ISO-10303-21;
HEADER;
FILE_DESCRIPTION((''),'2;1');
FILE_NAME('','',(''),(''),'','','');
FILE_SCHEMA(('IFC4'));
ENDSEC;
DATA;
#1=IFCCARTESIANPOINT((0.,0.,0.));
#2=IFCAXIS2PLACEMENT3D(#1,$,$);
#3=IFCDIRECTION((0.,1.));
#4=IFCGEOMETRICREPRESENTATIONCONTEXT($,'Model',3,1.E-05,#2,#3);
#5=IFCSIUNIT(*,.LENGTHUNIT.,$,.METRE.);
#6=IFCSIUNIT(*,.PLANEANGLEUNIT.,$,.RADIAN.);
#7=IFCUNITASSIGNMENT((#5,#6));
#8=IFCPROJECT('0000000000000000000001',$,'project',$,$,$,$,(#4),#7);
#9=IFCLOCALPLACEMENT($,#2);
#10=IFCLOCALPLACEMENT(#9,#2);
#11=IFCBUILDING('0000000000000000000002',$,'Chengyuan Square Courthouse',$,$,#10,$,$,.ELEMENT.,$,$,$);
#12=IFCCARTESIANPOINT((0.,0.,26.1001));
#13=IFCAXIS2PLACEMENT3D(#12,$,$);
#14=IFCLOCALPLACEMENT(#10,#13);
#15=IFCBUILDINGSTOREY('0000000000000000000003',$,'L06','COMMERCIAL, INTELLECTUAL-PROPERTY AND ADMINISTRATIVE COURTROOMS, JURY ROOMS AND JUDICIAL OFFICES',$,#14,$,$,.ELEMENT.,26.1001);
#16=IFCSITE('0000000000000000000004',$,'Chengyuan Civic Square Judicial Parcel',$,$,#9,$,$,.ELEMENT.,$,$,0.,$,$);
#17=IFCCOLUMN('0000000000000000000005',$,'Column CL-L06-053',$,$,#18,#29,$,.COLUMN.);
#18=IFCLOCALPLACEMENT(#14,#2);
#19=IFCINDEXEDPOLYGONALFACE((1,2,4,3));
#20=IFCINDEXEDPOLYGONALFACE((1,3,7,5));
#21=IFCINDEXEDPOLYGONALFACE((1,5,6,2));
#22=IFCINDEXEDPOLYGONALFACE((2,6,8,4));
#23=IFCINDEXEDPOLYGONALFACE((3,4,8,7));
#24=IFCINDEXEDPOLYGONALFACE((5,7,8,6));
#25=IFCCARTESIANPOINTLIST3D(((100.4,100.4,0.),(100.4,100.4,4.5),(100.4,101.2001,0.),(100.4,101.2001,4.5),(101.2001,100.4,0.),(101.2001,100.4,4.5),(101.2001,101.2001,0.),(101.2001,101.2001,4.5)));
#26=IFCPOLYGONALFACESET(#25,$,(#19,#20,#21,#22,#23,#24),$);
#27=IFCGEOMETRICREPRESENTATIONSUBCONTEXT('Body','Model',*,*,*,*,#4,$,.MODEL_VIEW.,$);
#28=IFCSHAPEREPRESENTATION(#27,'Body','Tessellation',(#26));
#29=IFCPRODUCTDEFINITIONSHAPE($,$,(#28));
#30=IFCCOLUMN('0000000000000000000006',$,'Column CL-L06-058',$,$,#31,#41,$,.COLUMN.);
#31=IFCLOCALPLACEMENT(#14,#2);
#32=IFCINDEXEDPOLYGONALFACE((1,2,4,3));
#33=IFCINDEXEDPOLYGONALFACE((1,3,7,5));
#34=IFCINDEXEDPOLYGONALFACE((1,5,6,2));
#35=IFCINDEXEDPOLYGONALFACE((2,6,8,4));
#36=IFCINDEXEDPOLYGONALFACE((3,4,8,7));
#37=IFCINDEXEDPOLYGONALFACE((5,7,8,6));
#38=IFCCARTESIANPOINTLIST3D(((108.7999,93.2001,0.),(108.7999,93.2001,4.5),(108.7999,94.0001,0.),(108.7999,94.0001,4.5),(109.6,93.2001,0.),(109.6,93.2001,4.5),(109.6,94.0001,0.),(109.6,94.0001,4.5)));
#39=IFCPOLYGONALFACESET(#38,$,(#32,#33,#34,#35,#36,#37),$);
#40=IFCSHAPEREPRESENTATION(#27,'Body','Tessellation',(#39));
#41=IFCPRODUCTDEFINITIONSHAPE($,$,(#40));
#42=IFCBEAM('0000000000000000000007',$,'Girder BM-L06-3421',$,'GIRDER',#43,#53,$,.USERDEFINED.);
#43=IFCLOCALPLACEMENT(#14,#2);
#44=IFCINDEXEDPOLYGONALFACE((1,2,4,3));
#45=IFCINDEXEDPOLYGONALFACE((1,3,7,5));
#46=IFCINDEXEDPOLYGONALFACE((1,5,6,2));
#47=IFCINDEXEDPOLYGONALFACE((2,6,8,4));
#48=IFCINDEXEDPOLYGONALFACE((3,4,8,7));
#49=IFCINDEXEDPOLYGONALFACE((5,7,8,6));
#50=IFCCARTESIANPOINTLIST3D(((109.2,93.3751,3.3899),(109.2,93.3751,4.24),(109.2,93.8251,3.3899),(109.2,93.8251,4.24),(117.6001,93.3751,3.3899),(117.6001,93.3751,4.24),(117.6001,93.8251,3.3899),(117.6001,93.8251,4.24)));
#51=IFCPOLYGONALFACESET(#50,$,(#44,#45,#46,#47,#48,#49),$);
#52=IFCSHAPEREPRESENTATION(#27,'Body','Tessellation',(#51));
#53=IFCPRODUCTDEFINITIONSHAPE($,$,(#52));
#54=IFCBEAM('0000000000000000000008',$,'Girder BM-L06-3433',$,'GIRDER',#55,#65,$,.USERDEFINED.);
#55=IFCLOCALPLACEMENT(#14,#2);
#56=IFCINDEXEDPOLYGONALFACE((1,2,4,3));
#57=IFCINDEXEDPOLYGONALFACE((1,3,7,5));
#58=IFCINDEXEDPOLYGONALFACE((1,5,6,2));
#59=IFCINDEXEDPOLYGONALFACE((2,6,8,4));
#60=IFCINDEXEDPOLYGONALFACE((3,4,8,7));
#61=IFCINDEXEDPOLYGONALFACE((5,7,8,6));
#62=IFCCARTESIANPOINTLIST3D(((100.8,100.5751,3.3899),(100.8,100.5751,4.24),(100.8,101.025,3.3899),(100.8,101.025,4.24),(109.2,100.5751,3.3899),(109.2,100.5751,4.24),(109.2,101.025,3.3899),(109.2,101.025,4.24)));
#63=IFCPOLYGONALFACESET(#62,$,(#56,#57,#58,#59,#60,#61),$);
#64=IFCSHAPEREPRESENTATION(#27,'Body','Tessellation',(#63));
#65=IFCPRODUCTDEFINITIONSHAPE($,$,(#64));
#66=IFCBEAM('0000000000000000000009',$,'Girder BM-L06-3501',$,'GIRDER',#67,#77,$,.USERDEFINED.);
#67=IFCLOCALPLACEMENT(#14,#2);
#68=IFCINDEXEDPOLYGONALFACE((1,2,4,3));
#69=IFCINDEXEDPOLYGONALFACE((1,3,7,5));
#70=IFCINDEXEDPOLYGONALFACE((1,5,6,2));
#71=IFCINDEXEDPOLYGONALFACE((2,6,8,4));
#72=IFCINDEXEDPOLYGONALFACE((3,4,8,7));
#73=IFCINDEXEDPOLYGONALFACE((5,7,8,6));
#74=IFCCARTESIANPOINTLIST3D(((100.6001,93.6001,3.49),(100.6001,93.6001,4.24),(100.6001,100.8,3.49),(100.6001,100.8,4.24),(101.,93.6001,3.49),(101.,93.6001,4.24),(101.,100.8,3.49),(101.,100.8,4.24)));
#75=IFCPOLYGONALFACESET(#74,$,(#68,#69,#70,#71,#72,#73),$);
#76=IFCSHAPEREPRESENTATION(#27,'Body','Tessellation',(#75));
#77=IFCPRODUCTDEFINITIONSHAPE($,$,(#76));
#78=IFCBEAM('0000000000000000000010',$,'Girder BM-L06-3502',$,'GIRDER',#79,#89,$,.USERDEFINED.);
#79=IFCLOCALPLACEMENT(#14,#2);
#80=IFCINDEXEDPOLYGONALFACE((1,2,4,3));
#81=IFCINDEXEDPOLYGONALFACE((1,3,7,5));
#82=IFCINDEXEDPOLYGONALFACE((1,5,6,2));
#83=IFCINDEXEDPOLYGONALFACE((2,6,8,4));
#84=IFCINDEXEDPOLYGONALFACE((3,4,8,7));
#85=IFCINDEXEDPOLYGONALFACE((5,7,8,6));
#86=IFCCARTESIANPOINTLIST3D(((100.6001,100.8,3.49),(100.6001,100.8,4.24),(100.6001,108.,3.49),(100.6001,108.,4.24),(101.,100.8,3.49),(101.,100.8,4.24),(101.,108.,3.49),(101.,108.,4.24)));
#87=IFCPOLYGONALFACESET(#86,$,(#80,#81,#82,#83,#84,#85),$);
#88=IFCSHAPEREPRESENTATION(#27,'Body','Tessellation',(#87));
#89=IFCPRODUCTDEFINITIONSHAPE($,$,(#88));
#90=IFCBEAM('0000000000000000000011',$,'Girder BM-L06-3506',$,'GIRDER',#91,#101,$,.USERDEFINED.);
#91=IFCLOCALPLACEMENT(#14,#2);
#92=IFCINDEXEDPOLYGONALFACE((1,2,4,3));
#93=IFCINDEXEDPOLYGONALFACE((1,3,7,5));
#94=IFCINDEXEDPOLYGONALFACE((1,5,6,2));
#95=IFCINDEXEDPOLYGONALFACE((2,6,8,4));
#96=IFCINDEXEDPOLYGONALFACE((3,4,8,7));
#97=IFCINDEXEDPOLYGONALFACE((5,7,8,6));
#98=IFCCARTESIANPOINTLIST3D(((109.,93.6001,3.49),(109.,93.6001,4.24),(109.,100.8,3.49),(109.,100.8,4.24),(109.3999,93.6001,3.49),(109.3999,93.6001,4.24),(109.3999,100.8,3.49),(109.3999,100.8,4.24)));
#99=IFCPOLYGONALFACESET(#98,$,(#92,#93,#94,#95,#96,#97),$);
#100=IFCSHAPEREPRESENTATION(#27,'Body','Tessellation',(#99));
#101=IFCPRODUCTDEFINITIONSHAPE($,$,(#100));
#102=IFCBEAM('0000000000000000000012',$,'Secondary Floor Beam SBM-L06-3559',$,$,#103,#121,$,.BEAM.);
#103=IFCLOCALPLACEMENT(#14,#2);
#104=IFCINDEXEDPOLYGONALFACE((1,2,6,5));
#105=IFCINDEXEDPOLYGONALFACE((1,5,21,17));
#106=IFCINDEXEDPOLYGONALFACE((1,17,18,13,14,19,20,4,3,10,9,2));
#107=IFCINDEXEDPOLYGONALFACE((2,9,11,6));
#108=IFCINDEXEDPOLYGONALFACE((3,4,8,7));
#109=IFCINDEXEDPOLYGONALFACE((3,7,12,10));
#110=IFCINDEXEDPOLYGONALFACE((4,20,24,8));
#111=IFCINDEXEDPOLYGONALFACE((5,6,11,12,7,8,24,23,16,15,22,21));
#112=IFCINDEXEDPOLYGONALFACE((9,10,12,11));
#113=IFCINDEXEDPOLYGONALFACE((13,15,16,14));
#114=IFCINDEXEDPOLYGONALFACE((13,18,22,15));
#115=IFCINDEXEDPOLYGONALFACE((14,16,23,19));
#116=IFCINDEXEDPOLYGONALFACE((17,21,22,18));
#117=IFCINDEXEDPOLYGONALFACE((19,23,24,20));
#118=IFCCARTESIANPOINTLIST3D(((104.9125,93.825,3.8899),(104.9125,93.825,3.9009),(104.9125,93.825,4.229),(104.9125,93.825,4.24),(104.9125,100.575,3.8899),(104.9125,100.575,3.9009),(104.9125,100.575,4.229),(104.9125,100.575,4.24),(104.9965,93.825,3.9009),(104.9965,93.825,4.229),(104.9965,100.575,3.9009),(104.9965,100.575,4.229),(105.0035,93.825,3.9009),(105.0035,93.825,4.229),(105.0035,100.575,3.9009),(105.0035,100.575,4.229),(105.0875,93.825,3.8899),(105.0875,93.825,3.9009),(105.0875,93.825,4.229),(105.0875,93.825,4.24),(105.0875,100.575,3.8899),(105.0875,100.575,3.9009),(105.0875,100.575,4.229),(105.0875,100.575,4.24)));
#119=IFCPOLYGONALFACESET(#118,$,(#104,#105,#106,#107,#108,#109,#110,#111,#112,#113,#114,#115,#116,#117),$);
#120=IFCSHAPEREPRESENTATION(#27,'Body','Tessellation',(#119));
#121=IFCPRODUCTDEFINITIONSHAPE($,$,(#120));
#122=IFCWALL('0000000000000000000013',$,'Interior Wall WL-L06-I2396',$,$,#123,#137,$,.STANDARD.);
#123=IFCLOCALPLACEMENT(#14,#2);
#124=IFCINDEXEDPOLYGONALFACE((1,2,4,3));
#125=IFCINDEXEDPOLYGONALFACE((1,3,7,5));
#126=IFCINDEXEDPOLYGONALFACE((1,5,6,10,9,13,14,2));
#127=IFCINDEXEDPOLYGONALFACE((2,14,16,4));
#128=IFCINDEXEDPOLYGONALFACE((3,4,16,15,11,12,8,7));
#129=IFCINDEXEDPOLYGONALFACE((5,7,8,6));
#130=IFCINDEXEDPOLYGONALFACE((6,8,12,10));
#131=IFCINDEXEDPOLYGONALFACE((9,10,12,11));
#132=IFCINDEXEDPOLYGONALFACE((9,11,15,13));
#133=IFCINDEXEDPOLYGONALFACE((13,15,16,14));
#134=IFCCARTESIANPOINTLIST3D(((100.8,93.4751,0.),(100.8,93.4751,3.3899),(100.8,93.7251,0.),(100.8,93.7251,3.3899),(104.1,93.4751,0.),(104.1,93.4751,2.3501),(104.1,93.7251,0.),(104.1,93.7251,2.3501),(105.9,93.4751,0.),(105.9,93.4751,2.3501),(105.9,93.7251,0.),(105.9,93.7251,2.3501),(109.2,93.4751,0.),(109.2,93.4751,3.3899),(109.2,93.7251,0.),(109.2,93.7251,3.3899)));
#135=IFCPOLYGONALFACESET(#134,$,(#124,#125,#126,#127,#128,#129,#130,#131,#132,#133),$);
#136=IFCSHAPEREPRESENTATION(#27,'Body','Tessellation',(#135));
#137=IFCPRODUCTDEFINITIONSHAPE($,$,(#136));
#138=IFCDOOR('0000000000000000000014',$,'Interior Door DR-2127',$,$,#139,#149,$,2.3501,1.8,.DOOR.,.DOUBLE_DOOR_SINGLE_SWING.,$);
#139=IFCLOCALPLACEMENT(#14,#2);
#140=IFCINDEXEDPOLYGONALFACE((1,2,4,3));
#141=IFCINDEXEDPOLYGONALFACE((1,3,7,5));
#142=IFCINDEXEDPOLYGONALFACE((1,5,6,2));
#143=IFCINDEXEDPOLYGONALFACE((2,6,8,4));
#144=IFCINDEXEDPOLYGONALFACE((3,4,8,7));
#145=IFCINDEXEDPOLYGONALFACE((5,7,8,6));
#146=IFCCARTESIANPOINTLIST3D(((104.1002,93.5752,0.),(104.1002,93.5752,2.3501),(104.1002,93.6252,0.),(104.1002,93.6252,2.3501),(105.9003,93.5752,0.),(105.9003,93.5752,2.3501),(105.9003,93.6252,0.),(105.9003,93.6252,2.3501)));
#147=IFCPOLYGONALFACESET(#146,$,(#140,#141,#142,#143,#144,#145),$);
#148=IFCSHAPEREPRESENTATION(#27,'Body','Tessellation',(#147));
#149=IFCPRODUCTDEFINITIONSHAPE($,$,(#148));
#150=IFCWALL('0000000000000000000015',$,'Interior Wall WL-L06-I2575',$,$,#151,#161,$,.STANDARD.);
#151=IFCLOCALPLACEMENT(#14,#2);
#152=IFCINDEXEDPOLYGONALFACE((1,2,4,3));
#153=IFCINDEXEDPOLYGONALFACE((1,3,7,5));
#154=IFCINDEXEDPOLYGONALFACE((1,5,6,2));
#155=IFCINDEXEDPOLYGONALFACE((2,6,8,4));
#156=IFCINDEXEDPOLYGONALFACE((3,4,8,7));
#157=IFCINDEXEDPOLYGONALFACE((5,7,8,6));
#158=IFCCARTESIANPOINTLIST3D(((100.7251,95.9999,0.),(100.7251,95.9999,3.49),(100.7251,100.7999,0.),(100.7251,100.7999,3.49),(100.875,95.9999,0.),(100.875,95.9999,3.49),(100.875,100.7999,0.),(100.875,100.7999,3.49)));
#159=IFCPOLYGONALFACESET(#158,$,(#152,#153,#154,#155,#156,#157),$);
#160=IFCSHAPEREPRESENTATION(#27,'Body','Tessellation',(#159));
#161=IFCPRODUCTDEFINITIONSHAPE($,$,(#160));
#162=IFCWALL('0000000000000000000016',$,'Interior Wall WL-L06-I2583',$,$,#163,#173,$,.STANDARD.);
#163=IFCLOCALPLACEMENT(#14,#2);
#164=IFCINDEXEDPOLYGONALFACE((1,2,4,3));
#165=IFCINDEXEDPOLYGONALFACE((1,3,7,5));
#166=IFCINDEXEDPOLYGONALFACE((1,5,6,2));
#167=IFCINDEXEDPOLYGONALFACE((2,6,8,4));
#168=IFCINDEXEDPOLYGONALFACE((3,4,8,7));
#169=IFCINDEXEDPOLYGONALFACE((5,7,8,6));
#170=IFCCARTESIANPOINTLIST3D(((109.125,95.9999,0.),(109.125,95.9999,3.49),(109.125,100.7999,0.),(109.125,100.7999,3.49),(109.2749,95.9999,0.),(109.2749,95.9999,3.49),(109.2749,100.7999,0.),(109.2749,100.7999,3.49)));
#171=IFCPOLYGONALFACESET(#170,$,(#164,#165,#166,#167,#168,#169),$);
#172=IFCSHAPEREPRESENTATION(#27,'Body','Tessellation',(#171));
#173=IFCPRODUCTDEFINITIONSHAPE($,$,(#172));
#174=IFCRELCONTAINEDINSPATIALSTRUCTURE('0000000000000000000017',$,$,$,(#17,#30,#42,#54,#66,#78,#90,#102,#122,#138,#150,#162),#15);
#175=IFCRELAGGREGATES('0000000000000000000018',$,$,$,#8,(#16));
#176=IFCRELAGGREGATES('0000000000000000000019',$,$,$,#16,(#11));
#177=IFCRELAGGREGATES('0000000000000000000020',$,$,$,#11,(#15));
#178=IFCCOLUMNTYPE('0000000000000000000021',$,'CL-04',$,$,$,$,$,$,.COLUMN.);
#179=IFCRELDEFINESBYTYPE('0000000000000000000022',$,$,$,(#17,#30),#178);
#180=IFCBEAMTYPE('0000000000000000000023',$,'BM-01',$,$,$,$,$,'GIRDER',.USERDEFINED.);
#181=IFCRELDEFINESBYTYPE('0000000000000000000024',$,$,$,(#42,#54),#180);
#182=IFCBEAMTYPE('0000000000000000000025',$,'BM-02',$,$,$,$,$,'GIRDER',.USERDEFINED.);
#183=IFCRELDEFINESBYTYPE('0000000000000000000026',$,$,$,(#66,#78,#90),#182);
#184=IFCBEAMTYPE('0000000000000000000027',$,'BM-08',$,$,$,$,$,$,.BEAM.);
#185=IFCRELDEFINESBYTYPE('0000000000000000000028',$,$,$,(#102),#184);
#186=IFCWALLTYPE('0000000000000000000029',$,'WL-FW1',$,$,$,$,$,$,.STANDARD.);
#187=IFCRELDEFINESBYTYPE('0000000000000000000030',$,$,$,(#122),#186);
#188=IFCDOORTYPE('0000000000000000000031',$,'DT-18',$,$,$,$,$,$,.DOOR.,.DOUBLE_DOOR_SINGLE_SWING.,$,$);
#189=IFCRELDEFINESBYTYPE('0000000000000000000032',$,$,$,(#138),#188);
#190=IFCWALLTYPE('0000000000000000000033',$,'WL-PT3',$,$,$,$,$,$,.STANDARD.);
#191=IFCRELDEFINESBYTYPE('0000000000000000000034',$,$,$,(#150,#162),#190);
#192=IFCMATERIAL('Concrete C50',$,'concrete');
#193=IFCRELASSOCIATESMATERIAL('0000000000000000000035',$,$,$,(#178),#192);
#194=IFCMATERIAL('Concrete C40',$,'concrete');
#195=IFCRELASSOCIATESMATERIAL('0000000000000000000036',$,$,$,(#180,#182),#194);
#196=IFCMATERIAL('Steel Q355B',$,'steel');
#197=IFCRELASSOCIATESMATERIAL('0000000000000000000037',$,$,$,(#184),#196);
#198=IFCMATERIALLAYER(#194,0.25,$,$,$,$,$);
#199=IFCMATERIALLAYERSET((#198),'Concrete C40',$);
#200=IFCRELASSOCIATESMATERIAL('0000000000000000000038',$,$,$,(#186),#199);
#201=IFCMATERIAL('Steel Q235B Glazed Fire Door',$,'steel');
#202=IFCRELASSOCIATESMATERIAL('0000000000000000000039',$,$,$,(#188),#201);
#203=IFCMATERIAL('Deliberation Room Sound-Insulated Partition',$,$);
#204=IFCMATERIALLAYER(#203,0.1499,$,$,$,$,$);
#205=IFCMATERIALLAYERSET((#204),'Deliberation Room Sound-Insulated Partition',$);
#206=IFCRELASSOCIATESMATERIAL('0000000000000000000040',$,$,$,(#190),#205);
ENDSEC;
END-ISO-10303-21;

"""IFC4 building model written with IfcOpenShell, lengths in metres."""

from ifc_helpers import new_model, si_unit, direction, frame, frame_2d, origin, origin_2d, place, context, subcontext, project, spatial, rectangle, i_section, extrude, material, layer, layer_set, material_profile, profile_set, type_object, element, fill, save


model = new_model("IFC4")

# Units and contexts
model_context = context("Model", 3, precision=1e-05, world=origin(), true_north=direction((0.0, 1.0)))
body_context = subcontext(model_context, "Body", "Model", "MODEL_VIEW")
ifc_project = project(units=[si_unit("LENGTHUNIT", "METRE"), si_unit("PLANEANGLEUNIT", "RADIAN")], contexts=[model_context])

# Site, building, storey
site_placement = place(None, origin())
site = spatial("IfcSite", under=ifc_project, at=site_placement, Name="Chengyuan Civic Square Judicial Parcel", CompositionType="ELEMENT", RefElevation=0.0)
building_placement = place(site_placement, origin())
building = spatial("IfcBuilding", under=site, at=building_placement, Name="Chengyuan Square Courthouse", CompositionType="ELEMENT")
storey_placement = place(building_placement, frame((0.0, 0.0, 26.1001)))
storey = spatial("IfcBuildingStorey", under=building, at=storey_placement, Name="L06", Description="COMMERCIAL, INTELLECTUAL-PROPERTY AND ADMINISTRATIVE COURTROOMS, JURY ROOMS AND JUDICIAL OFFICES", CompositionType="ELEMENT", Elevation=26.1001)

# Columns
ifc_material_1 = material(Name="Concrete C50", Category="concrete")
ifc_material_profile_1 = material_profile(ifc_material_1, rectangle(XDim=0.8, YDim=0.8, at=origin_2d()), Name="RC-COL-800x800")
ifc_profile_set_1 = profile_set([ifc_material_profile_1], Name="Concrete C50")
column_type = type_object("IfcColumnType", Name="CL-04", PredefinedType="COLUMN", material=ifc_profile_set_1)
for number, where, z_axis, x_axis, name in (
    (1, (100.8, 100.8, 0.0), (0.0, 0.0, 1.0), (1.0, 0.0, 0.0), "Column CL-L06-053"),
    (2, (109.2, 93.6001, 0.0), (0.0, 0.0, 1.0), (1.0, 0.0, 0.0), "Column CL-L06-058"),
):
    element("IfcColumn", number, at=place(storey_placement, frame(where, z_axis=z_axis, x_axis=x_axis)), inside=storey, type_object=column_type, Name=name, PredefinedType="COLUMN", context=body_context, shape_type="SweptSolid", body=[
        extrude(rectangle(XDim=0.8, YDim=0.8, at=origin_2d()), origin(), (0.0, 0.0, 1.0), 4.5),
    ])

# Beams
ifc_material_2 = material(Name="Concrete C40", Category="concrete")
ifc_material_profile_2 = material_profile(ifc_material_2, rectangle(XDim=0.45, YDim=0.8501, at=origin_2d()), Name="RC-BM-450x850")
ifc_profile_set_2 = profile_set([ifc_material_profile_2], Name="Concrete C40")
beam_type_1 = type_object("IfcBeamType", Name="BM-01", ElementType="GIRDER", PredefinedType="USERDEFINED", material=ifc_profile_set_2)
beam_1_placement = place(storey_placement, frame((109.2, 93.6001, 3.8149), z_axis=(1.0, 0.0, 0.0), x_axis=(0.0, 1.0, 0.0)))
element("IfcBeam", 3, at=beam_1_placement, inside=storey, type_object=beam_type_1, Name="Girder BM-L06-3421", ObjectType="GIRDER", PredefinedType="USERDEFINED", context=body_context, shape_type="SweptSolid", body=[
    extrude(rectangle(XDim=0.45, YDim=0.8501, at=origin_2d()), origin(), (0.0, 0.0, 1.0), 8.4001),
])
beam_2_placement = place(storey_placement, frame((100.8, 100.8, 3.8149), z_axis=(1.0, 0.0, 0.0), x_axis=(0.0, 1.0, 0.0)))
element("IfcBeam", 4, at=beam_2_placement, inside=storey, type_object=beam_type_1, Name="Girder BM-L06-3433", ObjectType="GIRDER", PredefinedType="USERDEFINED", context=body_context, shape_type="SweptSolid", body=[
    extrude(rectangle(XDim=0.45, YDim=0.8501, at=origin_2d()), origin(), (0.0, 0.0, 1.0), 8.3999),
])
ifc_material_profile_3 = material_profile(ifc_material_2, rectangle(XDim=0.3999, YDim=0.75, at=origin_2d()), Name="RC-BM-400x750")
ifc_profile_set_3 = profile_set([ifc_material_profile_3], Name="Concrete C40")
beam_type_2 = type_object("IfcBeamType", Name="BM-02", ElementType="GIRDER", PredefinedType="USERDEFINED", material=ifc_profile_set_3)
for number, where, z_axis, x_axis, name in (
    (5, (100.8, 93.6001, 3.865), (0.0, 1.0, 0.0), (-1.0, 0.0, 0.0), "Girder BM-L06-3501"),
    (6, (100.8, 100.8, 3.865), (0.0, 1.0, 0.0), (-1.0, 0.0, 0.0), "Girder BM-L06-3502"),
    (7, (109.2, 93.6001, 3.865), (0.0, 1.0, 0.0), (-1.0, 0.0, 0.0), "Girder BM-L06-3506"),
):
    element("IfcBeam", number, at=place(storey_placement, frame(where, z_axis=z_axis, x_axis=x_axis)), inside=storey, type_object=beam_type_2, Name=name, ObjectType="GIRDER", PredefinedType="USERDEFINED", context=body_context, shape_type="SweptSolid", body=[
        extrude(rectangle(XDim=0.3999, YDim=0.75, at=origin_2d()), origin(), (0.0, 0.0, 1.0), 7.2),
    ])
ifc_material_3 = material(Name="Steel Q355B", Category="steel")
ifc_material_profile_4 = material_profile(ifc_material_3, i_section(OverallWidth=0.175, OverallDepth=0.3501, WebThickness=0.0071, FlangeThickness=0.011, at=origin_2d()), Name="HN 350x175x7x11")
ifc_profile_set_4 = profile_set([ifc_material_profile_4], Name="Steel Q355B")
beam_type_3 = type_object("IfcBeamType", Name="BM-08", PredefinedType="BEAM", material=ifc_profile_set_4)
beam_3_placement = place(storey_placement, frame((105.0, 93.825, 4.0649), z_axis=(0.0, 1.0, 0.0), x_axis=(-1.0, 0.0, 0.0)))
element("IfcBeam", 8, at=beam_3_placement, inside=storey, type_object=beam_type_3, Name="Secondary Floor Beam SBM-L06-3559", PredefinedType="BEAM", context=body_context, shape_type="SweptSolid", body=[
    extrude(i_section(OverallWidth=0.175, OverallDepth=0.3501, WebThickness=0.0071, FlangeThickness=0.011, at=origin_2d()), origin(), (0.0, 0.0, 1.0), 6.75),
])

# Wall, opening, door
ifc_layer_1 = layer(ifc_material_2, 0.25)
ifc_layer_set_1 = layer_set([ifc_layer_1], Name="Concrete C40")
wall_type_1 = type_object("IfcWallType", Name="WL-FW1", PredefinedType="STANDARD", material=ifc_layer_set_1)
wall_1_placement = place(storey_placement, frame((100.8, 93.6001, 0.0), z_axis=(0.0, 0.0, 1.0), x_axis=(1.0, 0.0, 0.0)))
wall_1 = element("IfcWall", 9, at=wall_1_placement, inside=storey, type_object=wall_type_1, Name="Interior Wall WL-L06-I2396", PredefinedType="STANDARD", context=body_context, shape_type="SweptSolid", body=[
    extrude(rectangle(XDim=8.3999, YDim=0.25, at=frame_2d((4.2, 0.0))), origin(), (0.0, 0.0, 1.0), 3.3899),
])
opening_1_placement = place(wall_1_placement, frame((3.3, 0.0, 0.0)))
opening_1 = element("IfcOpeningElement", 10, at=opening_1_placement, cuts=wall_1, PredefinedType="OPENING", context=body_context, shape_type="SweptSolid", body=[
    extrude(rectangle(XDim=1.8, YDim=2.3501, at=frame_2d((0.8999, 1.175))), frame((0.0, 0.137, 0.0), z_axis=(0.0, -1.0, 0.0), x_axis=(1.0, 0.0, 0.0)), (0.0, 0.0, 1.0), 0.2739),
])
ifc_material_4 = material(Name="Steel Q235B Glazed Fire Door", Category="steel")
door_type_1 = type_object("IfcDoorType", Name="DT-18", OperationType="DOUBLE_DOOR_SINGLE_SWING", PredefinedType="DOOR", material=ifc_material_4)
door_1_placement = place(opening_1_placement, frame((1.8, 0.0, 0.0), z_axis=(0.0, 0.0, 1.0), x_axis=(-1.0, 0.0, 0.0)))
door_1 = element("IfcDoor", 11, at=door_1_placement, inside=storey, type_object=door_type_1, Name="Interior Door DR-2127", OperationType="DOUBLE_DOOR_SINGLE_SWING", OverallHeight=2.3501, OverallWidth=1.8, PredefinedType="DOOR", context=body_context, shape_type="SweptSolid", body=[
    extrude(rectangle(XDim=1.8, YDim=2.3501, at=frame_2d((0.8999, 1.175))), frame((0.0, 0.0249, 0.0), z_axis=(0.0, -1.0, 0.0), x_axis=(1.0, 0.0, 0.0)), (0.0, 0.0, 1.0), 0.05),
])
fill(opening_1, door_1)

# Walls
ifc_material_5 = material(Name="Deliberation Room Sound-Insulated Partition")
ifc_layer_2 = layer(ifc_material_5, 0.1499)
ifc_layer_set_2 = layer_set([ifc_layer_2], Name="Deliberation Room Sound-Insulated Partition")
wall_type_2 = type_object("IfcWallType", Name="WL-PT3", PredefinedType="STANDARD", material=ifc_layer_set_2)
for number, where, z_axis, x_axis, name in (
    (12, (100.8, 96.0, 0.0), (0.0, 0.0, 1.0), (0.0, 1.0, 0.0), "Interior Wall WL-L06-I2575"),
    (13, (109.2, 96.0, 0.0), (0.0, 0.0, 1.0), (0.0, 1.0, 0.0), "Interior Wall WL-L06-I2583"),
):
    element("IfcWall", number, at=place(storey_placement, frame(where, z_axis=z_axis, x_axis=x_axis)), inside=storey, type_object=wall_type_2, Name=name, PredefinedType="STANDARD", context=body_context, shape_type="SweptSolid", body=[
        extrude(rectangle(XDim=4.8, YDim=0.1499, at=frame_2d((2.3999, 0.0))), origin(), (0.0, 0.0, 1.0), 3.49),
    ])

save(model, "model.ifc")
